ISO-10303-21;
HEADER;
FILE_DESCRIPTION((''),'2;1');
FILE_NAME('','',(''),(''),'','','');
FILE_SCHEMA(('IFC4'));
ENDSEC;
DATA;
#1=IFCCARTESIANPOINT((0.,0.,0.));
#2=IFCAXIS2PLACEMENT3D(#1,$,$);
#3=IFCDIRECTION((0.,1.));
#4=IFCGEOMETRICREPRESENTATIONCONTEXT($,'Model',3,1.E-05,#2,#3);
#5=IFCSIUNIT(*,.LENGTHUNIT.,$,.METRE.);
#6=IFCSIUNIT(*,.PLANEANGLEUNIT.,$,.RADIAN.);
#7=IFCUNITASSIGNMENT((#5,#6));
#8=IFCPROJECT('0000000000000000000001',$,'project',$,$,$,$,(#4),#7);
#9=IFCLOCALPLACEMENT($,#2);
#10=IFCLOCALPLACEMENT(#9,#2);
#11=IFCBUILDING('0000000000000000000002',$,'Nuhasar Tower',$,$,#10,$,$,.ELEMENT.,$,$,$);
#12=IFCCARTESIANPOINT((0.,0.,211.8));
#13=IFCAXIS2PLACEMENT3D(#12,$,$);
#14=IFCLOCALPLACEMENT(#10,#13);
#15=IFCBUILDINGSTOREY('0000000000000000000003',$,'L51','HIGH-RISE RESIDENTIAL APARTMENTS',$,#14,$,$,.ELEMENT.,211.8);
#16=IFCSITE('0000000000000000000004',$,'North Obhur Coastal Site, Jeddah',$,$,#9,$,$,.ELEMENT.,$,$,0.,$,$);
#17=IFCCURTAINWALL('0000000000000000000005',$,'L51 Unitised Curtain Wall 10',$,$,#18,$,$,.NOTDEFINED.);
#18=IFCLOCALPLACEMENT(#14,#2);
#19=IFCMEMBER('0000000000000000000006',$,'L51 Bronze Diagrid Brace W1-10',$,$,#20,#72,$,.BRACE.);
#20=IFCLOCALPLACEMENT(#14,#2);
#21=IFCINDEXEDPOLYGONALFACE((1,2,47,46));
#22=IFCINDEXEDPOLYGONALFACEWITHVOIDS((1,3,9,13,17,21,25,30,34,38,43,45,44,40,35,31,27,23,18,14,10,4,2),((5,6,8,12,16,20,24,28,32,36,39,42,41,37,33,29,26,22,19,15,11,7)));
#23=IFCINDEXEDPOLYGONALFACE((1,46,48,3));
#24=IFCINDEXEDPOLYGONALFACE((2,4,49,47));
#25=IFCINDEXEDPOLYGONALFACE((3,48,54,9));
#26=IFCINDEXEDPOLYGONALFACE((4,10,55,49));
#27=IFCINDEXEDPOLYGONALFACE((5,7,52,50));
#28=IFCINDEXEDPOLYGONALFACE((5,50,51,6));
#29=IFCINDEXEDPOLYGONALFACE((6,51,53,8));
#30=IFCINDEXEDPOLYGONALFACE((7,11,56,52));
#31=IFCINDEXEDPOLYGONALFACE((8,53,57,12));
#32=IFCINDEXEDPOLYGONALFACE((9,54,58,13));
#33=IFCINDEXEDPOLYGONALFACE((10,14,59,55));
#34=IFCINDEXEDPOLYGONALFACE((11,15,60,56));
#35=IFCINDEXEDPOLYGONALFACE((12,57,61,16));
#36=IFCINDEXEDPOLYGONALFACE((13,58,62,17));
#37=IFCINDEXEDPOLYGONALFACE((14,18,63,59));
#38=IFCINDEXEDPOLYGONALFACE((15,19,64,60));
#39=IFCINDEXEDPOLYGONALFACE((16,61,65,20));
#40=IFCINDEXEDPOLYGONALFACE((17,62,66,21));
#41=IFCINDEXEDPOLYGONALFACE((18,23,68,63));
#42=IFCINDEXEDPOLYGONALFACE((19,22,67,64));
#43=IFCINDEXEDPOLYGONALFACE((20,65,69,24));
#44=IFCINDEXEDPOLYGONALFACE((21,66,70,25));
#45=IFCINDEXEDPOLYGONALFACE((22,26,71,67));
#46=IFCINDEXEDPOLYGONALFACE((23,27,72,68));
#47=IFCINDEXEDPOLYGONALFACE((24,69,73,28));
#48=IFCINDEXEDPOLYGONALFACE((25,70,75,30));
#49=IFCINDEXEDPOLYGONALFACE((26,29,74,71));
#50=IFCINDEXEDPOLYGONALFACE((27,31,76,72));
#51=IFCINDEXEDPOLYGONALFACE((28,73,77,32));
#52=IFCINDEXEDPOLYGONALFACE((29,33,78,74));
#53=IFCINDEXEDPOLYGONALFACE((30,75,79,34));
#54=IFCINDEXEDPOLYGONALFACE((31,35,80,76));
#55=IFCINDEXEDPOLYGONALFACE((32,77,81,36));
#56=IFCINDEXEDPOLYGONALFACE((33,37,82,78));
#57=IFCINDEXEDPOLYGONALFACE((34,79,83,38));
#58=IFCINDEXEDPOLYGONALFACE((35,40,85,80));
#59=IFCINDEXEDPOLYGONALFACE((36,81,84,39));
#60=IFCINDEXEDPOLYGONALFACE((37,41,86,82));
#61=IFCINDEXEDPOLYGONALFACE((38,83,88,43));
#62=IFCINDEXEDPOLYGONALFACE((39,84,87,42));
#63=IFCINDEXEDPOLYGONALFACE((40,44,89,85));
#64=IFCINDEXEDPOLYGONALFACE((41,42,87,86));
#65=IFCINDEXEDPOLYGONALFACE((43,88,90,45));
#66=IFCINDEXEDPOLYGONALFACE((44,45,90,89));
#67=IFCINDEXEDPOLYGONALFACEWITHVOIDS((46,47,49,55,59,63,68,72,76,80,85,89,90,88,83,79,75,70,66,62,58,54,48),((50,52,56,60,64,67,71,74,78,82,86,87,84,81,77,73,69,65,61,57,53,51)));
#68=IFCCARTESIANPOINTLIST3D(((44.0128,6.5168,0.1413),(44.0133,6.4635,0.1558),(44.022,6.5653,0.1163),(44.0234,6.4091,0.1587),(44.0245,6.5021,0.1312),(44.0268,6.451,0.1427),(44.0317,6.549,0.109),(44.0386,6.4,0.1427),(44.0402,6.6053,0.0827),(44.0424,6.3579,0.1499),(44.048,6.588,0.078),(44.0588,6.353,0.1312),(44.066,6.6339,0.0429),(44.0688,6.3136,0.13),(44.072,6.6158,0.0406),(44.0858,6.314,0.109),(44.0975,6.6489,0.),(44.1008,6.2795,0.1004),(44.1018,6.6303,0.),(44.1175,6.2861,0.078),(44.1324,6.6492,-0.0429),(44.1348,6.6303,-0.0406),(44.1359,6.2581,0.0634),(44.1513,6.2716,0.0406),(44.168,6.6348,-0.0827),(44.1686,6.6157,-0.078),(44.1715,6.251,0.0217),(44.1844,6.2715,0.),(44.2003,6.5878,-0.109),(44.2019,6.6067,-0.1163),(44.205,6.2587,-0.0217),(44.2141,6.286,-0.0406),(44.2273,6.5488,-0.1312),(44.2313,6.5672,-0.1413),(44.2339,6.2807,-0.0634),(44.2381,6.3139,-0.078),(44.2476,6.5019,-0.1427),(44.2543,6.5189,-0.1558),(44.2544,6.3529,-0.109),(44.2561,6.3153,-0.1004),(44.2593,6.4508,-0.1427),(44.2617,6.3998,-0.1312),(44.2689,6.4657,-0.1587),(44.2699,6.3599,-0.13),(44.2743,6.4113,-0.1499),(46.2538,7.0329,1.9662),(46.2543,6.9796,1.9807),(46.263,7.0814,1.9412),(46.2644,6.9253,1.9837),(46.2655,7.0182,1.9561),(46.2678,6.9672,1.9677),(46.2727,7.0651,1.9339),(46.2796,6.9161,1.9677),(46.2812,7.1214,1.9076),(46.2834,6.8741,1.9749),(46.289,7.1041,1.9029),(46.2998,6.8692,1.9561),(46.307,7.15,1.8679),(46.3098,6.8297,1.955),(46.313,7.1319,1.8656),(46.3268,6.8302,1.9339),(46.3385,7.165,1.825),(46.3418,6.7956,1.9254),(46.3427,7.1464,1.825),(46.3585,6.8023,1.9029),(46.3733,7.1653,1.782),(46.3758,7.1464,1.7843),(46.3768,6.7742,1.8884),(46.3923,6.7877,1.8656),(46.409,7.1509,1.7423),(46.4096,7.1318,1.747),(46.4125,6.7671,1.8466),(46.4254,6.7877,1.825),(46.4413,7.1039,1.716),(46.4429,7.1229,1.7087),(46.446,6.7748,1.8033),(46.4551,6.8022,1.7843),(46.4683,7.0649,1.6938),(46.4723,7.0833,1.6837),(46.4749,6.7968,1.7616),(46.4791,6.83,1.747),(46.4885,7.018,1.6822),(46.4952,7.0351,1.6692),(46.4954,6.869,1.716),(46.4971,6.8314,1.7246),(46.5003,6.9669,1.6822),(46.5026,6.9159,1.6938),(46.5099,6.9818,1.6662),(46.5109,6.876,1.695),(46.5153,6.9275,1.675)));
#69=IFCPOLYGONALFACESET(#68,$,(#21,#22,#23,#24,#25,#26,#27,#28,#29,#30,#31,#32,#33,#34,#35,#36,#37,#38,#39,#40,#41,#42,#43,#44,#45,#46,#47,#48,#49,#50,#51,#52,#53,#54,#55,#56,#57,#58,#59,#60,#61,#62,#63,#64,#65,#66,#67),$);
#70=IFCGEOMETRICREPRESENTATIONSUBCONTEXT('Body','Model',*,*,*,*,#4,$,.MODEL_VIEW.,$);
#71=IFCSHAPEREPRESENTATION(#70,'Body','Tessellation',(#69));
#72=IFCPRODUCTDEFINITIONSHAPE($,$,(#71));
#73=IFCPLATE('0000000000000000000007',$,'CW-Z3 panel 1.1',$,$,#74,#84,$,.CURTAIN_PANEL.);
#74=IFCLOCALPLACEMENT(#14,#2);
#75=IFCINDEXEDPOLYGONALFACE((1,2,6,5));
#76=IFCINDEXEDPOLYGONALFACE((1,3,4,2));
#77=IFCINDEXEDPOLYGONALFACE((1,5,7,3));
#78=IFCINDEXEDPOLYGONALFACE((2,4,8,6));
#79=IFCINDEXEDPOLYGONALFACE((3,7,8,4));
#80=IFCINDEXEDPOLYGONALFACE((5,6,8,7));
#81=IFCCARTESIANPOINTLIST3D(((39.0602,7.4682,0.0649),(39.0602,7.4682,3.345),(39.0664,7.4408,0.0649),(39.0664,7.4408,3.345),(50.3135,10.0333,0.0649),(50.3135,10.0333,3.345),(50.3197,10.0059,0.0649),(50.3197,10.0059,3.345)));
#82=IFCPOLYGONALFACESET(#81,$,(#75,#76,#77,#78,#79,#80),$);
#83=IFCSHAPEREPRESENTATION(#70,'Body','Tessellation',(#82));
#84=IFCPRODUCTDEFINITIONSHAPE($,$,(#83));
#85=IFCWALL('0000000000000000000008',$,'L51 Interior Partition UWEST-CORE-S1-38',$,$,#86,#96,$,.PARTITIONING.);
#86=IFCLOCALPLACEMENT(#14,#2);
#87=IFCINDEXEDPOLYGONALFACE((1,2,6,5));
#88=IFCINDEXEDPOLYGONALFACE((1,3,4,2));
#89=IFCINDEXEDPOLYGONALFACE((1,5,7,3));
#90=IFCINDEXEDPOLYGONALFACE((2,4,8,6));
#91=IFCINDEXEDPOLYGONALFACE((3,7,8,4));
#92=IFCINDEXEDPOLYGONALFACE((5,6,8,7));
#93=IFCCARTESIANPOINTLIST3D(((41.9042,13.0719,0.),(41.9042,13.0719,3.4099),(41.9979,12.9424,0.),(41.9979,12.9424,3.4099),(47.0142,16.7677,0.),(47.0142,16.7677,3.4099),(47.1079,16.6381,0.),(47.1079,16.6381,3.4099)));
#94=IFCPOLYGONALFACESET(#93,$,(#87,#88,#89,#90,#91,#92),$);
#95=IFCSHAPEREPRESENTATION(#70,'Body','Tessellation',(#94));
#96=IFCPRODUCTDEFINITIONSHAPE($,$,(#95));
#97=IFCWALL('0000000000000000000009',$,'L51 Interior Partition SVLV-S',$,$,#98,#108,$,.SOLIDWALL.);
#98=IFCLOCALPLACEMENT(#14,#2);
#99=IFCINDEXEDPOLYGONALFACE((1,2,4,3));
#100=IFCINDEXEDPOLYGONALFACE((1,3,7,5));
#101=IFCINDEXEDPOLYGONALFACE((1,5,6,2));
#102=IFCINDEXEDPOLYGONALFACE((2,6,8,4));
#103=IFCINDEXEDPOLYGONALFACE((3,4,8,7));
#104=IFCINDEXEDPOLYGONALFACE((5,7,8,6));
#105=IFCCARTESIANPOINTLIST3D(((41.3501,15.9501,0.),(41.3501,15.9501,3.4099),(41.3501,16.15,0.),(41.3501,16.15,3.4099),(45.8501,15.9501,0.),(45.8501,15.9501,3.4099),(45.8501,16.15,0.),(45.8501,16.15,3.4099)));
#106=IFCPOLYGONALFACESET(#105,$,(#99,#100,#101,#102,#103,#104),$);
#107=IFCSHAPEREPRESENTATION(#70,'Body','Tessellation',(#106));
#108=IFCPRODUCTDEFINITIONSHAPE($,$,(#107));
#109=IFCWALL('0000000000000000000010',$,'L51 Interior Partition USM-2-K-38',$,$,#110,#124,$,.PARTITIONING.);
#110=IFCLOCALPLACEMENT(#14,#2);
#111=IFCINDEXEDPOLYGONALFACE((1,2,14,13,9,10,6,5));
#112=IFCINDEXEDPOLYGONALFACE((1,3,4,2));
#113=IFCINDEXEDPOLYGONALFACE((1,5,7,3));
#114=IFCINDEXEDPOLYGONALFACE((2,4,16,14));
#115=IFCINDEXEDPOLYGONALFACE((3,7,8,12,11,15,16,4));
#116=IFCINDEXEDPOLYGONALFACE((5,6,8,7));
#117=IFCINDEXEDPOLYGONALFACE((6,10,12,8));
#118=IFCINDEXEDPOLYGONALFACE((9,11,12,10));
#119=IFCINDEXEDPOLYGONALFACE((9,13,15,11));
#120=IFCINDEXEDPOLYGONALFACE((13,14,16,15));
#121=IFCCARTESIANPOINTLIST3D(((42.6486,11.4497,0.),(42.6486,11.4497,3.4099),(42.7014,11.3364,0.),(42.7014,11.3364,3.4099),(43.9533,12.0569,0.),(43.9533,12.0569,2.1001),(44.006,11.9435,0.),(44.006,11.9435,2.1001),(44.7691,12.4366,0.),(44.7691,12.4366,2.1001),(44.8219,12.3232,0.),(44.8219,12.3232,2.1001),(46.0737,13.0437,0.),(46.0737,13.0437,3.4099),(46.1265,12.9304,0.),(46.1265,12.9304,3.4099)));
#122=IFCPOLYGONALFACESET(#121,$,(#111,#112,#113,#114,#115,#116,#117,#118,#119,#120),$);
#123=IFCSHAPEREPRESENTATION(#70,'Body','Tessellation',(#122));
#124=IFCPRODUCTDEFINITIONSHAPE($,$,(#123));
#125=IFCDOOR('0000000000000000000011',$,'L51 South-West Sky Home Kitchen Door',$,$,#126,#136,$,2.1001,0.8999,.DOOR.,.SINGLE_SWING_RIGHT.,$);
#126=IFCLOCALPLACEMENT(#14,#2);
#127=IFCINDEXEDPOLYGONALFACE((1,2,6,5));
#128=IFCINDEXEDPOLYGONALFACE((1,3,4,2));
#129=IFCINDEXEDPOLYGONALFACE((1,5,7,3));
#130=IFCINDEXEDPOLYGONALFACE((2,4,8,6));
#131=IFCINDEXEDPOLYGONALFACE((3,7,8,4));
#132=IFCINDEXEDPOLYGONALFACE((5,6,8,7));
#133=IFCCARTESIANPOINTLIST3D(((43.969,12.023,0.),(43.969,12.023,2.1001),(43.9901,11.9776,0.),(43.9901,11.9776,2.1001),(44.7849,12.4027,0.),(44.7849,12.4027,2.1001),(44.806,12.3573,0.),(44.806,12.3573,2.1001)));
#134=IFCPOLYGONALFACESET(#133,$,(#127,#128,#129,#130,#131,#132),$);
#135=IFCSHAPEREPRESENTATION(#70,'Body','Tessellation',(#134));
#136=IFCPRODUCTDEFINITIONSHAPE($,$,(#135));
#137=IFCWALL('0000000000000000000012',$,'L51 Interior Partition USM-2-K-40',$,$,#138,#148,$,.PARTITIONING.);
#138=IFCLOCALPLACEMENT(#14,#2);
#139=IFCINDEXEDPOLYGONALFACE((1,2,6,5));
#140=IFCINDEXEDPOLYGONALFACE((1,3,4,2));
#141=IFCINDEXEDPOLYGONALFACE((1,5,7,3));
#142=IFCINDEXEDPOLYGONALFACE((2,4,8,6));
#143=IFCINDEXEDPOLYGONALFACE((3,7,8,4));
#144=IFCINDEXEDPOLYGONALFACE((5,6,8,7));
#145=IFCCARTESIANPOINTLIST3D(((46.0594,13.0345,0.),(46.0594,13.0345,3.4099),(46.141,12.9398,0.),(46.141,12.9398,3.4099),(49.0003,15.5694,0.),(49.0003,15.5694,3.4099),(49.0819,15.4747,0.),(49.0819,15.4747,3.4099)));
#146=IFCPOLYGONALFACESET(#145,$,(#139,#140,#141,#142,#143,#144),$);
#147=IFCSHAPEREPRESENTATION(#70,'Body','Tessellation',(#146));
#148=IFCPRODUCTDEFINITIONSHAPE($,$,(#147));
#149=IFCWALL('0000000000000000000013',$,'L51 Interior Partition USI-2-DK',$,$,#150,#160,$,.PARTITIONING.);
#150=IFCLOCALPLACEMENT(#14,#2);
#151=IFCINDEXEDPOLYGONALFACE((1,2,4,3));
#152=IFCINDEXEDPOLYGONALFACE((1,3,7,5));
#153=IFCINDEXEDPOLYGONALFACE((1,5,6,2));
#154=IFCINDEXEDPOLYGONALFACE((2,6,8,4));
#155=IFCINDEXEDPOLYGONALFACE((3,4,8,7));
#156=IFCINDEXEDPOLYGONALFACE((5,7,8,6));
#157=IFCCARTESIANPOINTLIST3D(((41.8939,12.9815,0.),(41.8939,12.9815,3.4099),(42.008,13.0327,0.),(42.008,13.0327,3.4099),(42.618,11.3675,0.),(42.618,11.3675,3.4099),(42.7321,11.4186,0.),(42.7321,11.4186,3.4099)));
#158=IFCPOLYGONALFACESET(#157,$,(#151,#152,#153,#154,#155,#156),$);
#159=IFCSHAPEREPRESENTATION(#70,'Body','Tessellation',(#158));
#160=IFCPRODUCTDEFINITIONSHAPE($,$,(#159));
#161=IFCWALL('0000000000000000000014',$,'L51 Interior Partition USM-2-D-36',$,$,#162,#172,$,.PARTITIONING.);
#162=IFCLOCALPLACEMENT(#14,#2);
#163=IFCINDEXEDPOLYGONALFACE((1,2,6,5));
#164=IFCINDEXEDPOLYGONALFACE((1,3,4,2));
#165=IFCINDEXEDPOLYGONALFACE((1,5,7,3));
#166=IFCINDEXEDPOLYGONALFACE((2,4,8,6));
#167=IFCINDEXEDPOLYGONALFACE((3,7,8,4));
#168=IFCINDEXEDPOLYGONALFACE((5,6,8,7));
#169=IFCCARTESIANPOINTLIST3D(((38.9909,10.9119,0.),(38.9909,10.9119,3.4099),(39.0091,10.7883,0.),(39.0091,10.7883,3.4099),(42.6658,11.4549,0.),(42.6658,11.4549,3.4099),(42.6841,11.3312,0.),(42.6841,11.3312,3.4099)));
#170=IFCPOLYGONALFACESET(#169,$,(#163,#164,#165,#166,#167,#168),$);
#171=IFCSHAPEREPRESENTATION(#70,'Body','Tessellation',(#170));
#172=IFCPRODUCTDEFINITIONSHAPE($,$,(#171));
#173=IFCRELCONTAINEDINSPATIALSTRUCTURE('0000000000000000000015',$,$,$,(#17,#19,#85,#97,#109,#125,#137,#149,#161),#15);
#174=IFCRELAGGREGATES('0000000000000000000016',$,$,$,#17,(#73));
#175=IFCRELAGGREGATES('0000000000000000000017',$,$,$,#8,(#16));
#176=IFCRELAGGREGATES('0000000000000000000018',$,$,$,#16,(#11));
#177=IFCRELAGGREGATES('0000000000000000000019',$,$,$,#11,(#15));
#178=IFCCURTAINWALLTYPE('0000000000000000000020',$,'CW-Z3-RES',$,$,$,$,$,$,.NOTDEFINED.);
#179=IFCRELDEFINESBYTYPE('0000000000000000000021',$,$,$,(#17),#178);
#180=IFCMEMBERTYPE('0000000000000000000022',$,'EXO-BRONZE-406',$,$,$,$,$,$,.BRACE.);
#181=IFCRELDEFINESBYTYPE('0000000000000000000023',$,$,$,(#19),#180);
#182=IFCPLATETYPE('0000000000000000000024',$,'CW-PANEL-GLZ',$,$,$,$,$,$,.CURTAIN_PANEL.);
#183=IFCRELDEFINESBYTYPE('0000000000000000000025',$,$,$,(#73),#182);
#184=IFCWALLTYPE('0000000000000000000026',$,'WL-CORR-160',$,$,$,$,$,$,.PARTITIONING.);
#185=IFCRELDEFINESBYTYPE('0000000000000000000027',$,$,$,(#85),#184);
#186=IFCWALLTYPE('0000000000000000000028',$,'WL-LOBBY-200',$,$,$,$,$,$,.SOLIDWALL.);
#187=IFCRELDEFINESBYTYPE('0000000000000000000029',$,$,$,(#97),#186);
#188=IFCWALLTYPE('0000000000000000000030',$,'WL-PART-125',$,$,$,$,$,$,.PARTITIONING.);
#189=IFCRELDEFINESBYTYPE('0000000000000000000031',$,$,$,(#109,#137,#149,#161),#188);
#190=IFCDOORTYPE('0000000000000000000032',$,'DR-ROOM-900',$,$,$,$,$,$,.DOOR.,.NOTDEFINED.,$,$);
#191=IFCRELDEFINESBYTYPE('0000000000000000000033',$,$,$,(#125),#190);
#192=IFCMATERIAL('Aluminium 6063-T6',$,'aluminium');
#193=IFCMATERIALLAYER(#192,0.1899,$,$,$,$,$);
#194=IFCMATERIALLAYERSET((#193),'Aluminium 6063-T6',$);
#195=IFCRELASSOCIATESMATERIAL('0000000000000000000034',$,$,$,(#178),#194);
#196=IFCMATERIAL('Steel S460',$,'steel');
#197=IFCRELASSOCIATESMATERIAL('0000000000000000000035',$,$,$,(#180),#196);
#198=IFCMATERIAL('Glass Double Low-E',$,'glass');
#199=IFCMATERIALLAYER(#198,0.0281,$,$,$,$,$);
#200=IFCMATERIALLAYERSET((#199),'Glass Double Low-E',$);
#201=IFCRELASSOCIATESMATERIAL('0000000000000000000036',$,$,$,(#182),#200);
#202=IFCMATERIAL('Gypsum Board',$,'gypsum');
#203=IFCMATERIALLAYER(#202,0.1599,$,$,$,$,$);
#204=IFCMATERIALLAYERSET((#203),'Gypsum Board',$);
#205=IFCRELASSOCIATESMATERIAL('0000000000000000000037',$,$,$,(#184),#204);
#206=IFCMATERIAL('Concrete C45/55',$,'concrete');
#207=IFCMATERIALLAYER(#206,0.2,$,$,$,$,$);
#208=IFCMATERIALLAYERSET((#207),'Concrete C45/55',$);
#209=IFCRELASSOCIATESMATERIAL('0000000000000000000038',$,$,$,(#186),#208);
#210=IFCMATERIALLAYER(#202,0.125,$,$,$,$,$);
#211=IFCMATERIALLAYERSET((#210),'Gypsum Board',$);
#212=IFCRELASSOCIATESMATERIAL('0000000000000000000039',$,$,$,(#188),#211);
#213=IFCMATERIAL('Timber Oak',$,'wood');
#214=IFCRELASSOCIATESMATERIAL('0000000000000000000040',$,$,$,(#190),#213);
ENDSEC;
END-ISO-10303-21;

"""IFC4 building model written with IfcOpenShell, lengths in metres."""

from ifc_helpers import new_model, si_unit, direction, frame, frame_2d, origin, origin_2d, place, context, subcontext, project, spatial, rectangle, hollow_circle, extrude, material, layer, layer_set, material_profile, profile_set, type_object, element, fill, aggregate, save


model = new_model("IFC4")

# Units and contexts
model_context = context("Model", 3, precision=1e-05, world=origin(), true_north=direction((0.0, 1.0)))
body_context = subcontext(model_context, "Body", "Model", "MODEL_VIEW")
ifc_project = project(units=[si_unit("LENGTHUNIT", "METRE"), si_unit("PLANEANGLEUNIT", "RADIAN")], contexts=[model_context])

# Site, building, storey
site_placement = place(None, origin())
site = spatial("IfcSite", under=ifc_project, at=site_placement, Name="North Obhur Coastal Site, Jeddah", CompositionType="ELEMENT", RefElevation=0.0)
building_placement = place(site_placement, origin())
building = spatial("IfcBuilding", under=site, at=building_placement, Name="Nuhasar Tower", CompositionType="ELEMENT")
storey_placement = place(building_placement, frame((0.0, 0.0, 211.8)))
storey = spatial("IfcBuildingStorey", under=building, at=storey_placement, Name="L51", Description="HIGH-RISE RESIDENTIAL APARTMENTS", CompositionType="ELEMENT", Elevation=211.8)

# Shared definitions
ifc_material_1 = material(Name="Aluminium 6063-T6", Category="aluminium")
ifc_layer_1 = layer(ifc_material_1, 0.1899)
ifc_layer_set_1 = layer_set([ifc_layer_1], Name="Aluminium 6063-T6")
curtain_wall_type = type_object("IfcCurtainWallType", Name="CW-Z3-RES", PredefinedType="NOTDEFINED", material=ifc_layer_set_1)

# Curtain wall
curtain_wall_1_placement = place(storey_placement, origin())
curtain_wall_1 = element("IfcCurtainWall", 1, at=curtain_wall_1_placement, inside=storey, type_object=curtain_wall_type, Name="L51 Unitised Curtain Wall 10", PredefinedType="NOTDEFINED")

# Member
ifc_material_2 = material(Name="Steel S460", Category="steel")
ifc_material_profile_1 = material_profile(ifc_material_2, hollow_circle(Radius=0.2031, WallThickness=0.019, at=origin_2d()), Name="HSS406.4X19.1")
ifc_profile_set_1 = profile_set([ifc_material_profile_1], Name="Steel S460")
member_type_1 = type_object("IfcMemberType", Name="EXO-BRONZE-406", PredefinedType="BRACE", material=ifc_profile_set_1)
member_1_placement = place(storey_placement, frame((44.1431, 6.4509, 0.0), z_axis=(0.763332, 0.175802, 0.621626), x_axis=(-0.224433, 0.97449, 0.0)))
element("IfcMember", 2, at=member_1_placement, inside=storey, type_object=member_type_1, Name="L51 Bronze Diagrid Brace W1-10", PredefinedType="BRACE", context=body_context, shape_type="SweptSolid", body=[
    extrude(hollow_circle(Radius=0.2031, WallThickness=0.019, at=origin_2d()), origin(), (0.0, 0.0, 1.0), 2.9358),
])

# Plate
ifc_material_3 = material(Name="Glass Double Low-E", Category="glass")
ifc_layer_2 = layer(ifc_material_3, 0.0281)
ifc_layer_set_2 = layer_set([ifc_layer_2], Name="Glass Double Low-E")
plate_type = type_object("IfcPlateType", Name="CW-PANEL-GLZ", PredefinedType="CURTAIN_PANEL", material=ifc_layer_set_2)
plate_placement = place(storey_placement, frame((44.6899, 8.7371, 0.0649), z_axis=(0.0, 0.0, 1.0), x_axis=(0.974991, 0.222243, 0.0)))
plate = element("IfcPlate", 3, at=plate_placement, type_object=plate_type, Name="CW-Z3 panel 1.1", PredefinedType="CURTAIN_PANEL", context=body_context, shape_type="SweptSolid", body=[
    extrude(rectangle(XDim=11.542, YDim=0.0281, at=origin_2d()), origin(), (0.0, 0.0, 1.0), 3.28),
])
aggregate(curtain_wall_1, [plate])

# Wall
ifc_material_4 = material(Name="Gypsum Board", Category="gypsum")
ifc_layer_3 = layer(ifc_material_4, 0.1599)
ifc_layer_set_3 = layer_set([ifc_layer_3], Name="Gypsum Board")
wall_type_1 = type_object("IfcWallType", Name="WL-CORR-160", PredefinedType="PARTITIONING", material=ifc_layer_set_3)
wall_1_placement = place(storey_placement, frame((41.9509, 13.0071, 0.0), z_axis=(0.0, 0.0, 1.0), x_axis=(0.81029, 0.586029, 0.0)))
element("IfcWall", 4, at=wall_1_placement, inside=storey, type_object=wall_type_1, Name="L51 Interior Partition UWEST-CORE-S1-38", PredefinedType="PARTITIONING", context=body_context, shape_type="SweptSolid", body=[
    extrude(rectangle(XDim=6.3064, YDim=0.1599, at=frame_2d((3.1533, 0.0))), origin(), (0.0, 0.0, 1.0), 3.4099),
])

# Shared definitions
ifc_material_5 = material(Name="Concrete C45/55", Category="concrete")
ifc_layer_4 = layer(ifc_material_5, 0.2)
ifc_layer_set_4 = layer_set([ifc_layer_4], Name="Concrete C45/55")
wall_type_2 = type_object("IfcWallType", Name="WL-LOBBY-200", PredefinedType="SOLIDWALL", material=ifc_layer_set_4)

# Wall
wall_2_placement = place(storey_placement, frame((41.3501, 16.05, 0.0), z_axis=(0.0, 0.0, 1.0), x_axis=(1.0, 0.0, 0.0)))
element("IfcWall", 5, at=wall_2_placement, inside=storey, type_object=wall_type_2, Name="L51 Interior Partition SVLV-S", PredefinedType="SOLIDWALL", context=body_context, shape_type="SweptSolid", body=[
    extrude(rectangle(XDim=4.5, YDim=0.2, at=frame_2d((2.25, 0.0))), origin(), (0.0, 0.0, 1.0), 3.4099),
])

# Wall, opening, door
ifc_layer_5 = layer(ifc_material_4, 0.125)
ifc_layer_set_5 = layer_set([ifc_layer_5], Name="Gypsum Board")
wall_type_3 = type_object("IfcWallType", Name="WL-PART-125", PredefinedType="PARTITIONING", material=ifc_layer_set_5)
wall_3_placement = place(storey_placement, frame((46.1001, 12.9871, 0.0), z_axis=(0.0, 0.0, 1.0), x_axis=(-0.906625, -0.421937, 0.0)))
wall_3 = element("IfcWall", 6, at=wall_3_placement, inside=storey, type_object=wall_type_3, Name="L51 Interior Partition USM-2-K-38", PredefinedType="PARTITIONING", context=body_context, shape_type="SweptSolid", body=[
    extrude(rectangle(XDim=3.7778, YDim=0.125, at=frame_2d((1.8889, 0.0))), origin(), (0.0, 0.0, 1.0), 3.4099),
])
opening_1_placement = place(wall_3_placement, frame((1.439, 0.0, 0.0)))
opening_1 = element("IfcOpeningElement", 7, at=opening_1_placement, cuts=wall_3, PredefinedType="OPENING", context=body_context, shape_type="SweptSolid", body=[
    extrude(rectangle(XDim=0.8999, YDim=2.1001, at=frame_2d((0.45, 1.05))), frame((0.0, 0.0725, 0.0), z_axis=(0.0, -1.0, 0.0), x_axis=(1.0, 0.0, 0.0)), (0.0, 0.0, 1.0), 0.145),
])
ifc_material_6 = material(Name="Timber Oak", Category="wood")
door_type_1 = type_object("IfcDoorType", Name="DR-ROOM-900", OperationType="NOTDEFINED", PredefinedType="DOOR", material=ifc_material_6)
door_1_placement = place(opening_1_placement, origin())
door_1 = element("IfcDoor", 8, at=door_1_placement, inside=storey, type_object=door_type_1, Name="L51 South-West Sky Home Kitchen Door", OperationType="SINGLE_SWING_RIGHT", OverallHeight=2.1001, OverallWidth=0.8999, PredefinedType="DOOR", context=body_context, shape_type="SweptSolid", body=[
    extrude(rectangle(XDim=0.8999, YDim=2.1001, at=frame_2d((0.45, 1.05))), frame((0.0, 0.0249, 0.0), z_axis=(0.0, -1.0, 0.0), x_axis=(1.0, 0.0, 0.0)), (0.0, 0.0, 1.0), 0.05),
])
fill(opening_1, door_1)

# Walls
wall_4_placement = place(storey_placement, frame((46.1001, 12.9871, 0.0), z_axis=(0.0, 0.0, 1.0), x_axis=(0.757456, 0.652886, 0.0)))
element("IfcWall", 9, at=wall_4_placement, inside=storey, type_object=wall_type_3, Name="L51 Interior Partition USM-2-K-40", PredefinedType="PARTITIONING", context=body_context, shape_type="SweptSolid", body=[
    extrude(rectangle(XDim=3.8826, YDim=0.125, at=frame_2d((1.9414, 0.0))), origin(), (0.0, 0.0, 1.0), 3.4099),
])
wall_5_placement = place(storey_placement, frame((41.9509, 13.0071, 0.0), z_axis=(0.0, 0.0, 1.0), x_axis=(0.409337, -0.912383, 0.0)))
element("IfcWall", 10, at=wall_5_placement, inside=storey, type_object=wall_type_3, Name="L51 Interior Partition USI-2-DK", PredefinedType="PARTITIONING", context=body_context, shape_type="SweptSolid", body=[
    extrude(rectangle(XDim=1.769, YDim=0.125, at=frame_2d((0.8845, 0.0))), origin(), (0.0, 0.0, 1.0), 3.4099),
])
wall_6_placement = place(storey_placement, frame((39.0, 10.8501, 0.0), z_axis=(0.0, 0.0, 1.0), x_axis=(0.989261, 0.146158, 0.0)))
element("IfcWall", 11, at=wall_6_placement, inside=storey, type_object=wall_type_3, Name="L51 Interior Partition USM-2-D-36", PredefinedType="PARTITIONING", context=body_context, shape_type="SweptSolid", body=[
    extrude(rectangle(XDim=3.7148, YDim=0.125, at=frame_2d((1.8574, 0.0))), origin(), (0.0, 0.0, 1.0), 3.4099),
])

save(model, "model.ifc")
